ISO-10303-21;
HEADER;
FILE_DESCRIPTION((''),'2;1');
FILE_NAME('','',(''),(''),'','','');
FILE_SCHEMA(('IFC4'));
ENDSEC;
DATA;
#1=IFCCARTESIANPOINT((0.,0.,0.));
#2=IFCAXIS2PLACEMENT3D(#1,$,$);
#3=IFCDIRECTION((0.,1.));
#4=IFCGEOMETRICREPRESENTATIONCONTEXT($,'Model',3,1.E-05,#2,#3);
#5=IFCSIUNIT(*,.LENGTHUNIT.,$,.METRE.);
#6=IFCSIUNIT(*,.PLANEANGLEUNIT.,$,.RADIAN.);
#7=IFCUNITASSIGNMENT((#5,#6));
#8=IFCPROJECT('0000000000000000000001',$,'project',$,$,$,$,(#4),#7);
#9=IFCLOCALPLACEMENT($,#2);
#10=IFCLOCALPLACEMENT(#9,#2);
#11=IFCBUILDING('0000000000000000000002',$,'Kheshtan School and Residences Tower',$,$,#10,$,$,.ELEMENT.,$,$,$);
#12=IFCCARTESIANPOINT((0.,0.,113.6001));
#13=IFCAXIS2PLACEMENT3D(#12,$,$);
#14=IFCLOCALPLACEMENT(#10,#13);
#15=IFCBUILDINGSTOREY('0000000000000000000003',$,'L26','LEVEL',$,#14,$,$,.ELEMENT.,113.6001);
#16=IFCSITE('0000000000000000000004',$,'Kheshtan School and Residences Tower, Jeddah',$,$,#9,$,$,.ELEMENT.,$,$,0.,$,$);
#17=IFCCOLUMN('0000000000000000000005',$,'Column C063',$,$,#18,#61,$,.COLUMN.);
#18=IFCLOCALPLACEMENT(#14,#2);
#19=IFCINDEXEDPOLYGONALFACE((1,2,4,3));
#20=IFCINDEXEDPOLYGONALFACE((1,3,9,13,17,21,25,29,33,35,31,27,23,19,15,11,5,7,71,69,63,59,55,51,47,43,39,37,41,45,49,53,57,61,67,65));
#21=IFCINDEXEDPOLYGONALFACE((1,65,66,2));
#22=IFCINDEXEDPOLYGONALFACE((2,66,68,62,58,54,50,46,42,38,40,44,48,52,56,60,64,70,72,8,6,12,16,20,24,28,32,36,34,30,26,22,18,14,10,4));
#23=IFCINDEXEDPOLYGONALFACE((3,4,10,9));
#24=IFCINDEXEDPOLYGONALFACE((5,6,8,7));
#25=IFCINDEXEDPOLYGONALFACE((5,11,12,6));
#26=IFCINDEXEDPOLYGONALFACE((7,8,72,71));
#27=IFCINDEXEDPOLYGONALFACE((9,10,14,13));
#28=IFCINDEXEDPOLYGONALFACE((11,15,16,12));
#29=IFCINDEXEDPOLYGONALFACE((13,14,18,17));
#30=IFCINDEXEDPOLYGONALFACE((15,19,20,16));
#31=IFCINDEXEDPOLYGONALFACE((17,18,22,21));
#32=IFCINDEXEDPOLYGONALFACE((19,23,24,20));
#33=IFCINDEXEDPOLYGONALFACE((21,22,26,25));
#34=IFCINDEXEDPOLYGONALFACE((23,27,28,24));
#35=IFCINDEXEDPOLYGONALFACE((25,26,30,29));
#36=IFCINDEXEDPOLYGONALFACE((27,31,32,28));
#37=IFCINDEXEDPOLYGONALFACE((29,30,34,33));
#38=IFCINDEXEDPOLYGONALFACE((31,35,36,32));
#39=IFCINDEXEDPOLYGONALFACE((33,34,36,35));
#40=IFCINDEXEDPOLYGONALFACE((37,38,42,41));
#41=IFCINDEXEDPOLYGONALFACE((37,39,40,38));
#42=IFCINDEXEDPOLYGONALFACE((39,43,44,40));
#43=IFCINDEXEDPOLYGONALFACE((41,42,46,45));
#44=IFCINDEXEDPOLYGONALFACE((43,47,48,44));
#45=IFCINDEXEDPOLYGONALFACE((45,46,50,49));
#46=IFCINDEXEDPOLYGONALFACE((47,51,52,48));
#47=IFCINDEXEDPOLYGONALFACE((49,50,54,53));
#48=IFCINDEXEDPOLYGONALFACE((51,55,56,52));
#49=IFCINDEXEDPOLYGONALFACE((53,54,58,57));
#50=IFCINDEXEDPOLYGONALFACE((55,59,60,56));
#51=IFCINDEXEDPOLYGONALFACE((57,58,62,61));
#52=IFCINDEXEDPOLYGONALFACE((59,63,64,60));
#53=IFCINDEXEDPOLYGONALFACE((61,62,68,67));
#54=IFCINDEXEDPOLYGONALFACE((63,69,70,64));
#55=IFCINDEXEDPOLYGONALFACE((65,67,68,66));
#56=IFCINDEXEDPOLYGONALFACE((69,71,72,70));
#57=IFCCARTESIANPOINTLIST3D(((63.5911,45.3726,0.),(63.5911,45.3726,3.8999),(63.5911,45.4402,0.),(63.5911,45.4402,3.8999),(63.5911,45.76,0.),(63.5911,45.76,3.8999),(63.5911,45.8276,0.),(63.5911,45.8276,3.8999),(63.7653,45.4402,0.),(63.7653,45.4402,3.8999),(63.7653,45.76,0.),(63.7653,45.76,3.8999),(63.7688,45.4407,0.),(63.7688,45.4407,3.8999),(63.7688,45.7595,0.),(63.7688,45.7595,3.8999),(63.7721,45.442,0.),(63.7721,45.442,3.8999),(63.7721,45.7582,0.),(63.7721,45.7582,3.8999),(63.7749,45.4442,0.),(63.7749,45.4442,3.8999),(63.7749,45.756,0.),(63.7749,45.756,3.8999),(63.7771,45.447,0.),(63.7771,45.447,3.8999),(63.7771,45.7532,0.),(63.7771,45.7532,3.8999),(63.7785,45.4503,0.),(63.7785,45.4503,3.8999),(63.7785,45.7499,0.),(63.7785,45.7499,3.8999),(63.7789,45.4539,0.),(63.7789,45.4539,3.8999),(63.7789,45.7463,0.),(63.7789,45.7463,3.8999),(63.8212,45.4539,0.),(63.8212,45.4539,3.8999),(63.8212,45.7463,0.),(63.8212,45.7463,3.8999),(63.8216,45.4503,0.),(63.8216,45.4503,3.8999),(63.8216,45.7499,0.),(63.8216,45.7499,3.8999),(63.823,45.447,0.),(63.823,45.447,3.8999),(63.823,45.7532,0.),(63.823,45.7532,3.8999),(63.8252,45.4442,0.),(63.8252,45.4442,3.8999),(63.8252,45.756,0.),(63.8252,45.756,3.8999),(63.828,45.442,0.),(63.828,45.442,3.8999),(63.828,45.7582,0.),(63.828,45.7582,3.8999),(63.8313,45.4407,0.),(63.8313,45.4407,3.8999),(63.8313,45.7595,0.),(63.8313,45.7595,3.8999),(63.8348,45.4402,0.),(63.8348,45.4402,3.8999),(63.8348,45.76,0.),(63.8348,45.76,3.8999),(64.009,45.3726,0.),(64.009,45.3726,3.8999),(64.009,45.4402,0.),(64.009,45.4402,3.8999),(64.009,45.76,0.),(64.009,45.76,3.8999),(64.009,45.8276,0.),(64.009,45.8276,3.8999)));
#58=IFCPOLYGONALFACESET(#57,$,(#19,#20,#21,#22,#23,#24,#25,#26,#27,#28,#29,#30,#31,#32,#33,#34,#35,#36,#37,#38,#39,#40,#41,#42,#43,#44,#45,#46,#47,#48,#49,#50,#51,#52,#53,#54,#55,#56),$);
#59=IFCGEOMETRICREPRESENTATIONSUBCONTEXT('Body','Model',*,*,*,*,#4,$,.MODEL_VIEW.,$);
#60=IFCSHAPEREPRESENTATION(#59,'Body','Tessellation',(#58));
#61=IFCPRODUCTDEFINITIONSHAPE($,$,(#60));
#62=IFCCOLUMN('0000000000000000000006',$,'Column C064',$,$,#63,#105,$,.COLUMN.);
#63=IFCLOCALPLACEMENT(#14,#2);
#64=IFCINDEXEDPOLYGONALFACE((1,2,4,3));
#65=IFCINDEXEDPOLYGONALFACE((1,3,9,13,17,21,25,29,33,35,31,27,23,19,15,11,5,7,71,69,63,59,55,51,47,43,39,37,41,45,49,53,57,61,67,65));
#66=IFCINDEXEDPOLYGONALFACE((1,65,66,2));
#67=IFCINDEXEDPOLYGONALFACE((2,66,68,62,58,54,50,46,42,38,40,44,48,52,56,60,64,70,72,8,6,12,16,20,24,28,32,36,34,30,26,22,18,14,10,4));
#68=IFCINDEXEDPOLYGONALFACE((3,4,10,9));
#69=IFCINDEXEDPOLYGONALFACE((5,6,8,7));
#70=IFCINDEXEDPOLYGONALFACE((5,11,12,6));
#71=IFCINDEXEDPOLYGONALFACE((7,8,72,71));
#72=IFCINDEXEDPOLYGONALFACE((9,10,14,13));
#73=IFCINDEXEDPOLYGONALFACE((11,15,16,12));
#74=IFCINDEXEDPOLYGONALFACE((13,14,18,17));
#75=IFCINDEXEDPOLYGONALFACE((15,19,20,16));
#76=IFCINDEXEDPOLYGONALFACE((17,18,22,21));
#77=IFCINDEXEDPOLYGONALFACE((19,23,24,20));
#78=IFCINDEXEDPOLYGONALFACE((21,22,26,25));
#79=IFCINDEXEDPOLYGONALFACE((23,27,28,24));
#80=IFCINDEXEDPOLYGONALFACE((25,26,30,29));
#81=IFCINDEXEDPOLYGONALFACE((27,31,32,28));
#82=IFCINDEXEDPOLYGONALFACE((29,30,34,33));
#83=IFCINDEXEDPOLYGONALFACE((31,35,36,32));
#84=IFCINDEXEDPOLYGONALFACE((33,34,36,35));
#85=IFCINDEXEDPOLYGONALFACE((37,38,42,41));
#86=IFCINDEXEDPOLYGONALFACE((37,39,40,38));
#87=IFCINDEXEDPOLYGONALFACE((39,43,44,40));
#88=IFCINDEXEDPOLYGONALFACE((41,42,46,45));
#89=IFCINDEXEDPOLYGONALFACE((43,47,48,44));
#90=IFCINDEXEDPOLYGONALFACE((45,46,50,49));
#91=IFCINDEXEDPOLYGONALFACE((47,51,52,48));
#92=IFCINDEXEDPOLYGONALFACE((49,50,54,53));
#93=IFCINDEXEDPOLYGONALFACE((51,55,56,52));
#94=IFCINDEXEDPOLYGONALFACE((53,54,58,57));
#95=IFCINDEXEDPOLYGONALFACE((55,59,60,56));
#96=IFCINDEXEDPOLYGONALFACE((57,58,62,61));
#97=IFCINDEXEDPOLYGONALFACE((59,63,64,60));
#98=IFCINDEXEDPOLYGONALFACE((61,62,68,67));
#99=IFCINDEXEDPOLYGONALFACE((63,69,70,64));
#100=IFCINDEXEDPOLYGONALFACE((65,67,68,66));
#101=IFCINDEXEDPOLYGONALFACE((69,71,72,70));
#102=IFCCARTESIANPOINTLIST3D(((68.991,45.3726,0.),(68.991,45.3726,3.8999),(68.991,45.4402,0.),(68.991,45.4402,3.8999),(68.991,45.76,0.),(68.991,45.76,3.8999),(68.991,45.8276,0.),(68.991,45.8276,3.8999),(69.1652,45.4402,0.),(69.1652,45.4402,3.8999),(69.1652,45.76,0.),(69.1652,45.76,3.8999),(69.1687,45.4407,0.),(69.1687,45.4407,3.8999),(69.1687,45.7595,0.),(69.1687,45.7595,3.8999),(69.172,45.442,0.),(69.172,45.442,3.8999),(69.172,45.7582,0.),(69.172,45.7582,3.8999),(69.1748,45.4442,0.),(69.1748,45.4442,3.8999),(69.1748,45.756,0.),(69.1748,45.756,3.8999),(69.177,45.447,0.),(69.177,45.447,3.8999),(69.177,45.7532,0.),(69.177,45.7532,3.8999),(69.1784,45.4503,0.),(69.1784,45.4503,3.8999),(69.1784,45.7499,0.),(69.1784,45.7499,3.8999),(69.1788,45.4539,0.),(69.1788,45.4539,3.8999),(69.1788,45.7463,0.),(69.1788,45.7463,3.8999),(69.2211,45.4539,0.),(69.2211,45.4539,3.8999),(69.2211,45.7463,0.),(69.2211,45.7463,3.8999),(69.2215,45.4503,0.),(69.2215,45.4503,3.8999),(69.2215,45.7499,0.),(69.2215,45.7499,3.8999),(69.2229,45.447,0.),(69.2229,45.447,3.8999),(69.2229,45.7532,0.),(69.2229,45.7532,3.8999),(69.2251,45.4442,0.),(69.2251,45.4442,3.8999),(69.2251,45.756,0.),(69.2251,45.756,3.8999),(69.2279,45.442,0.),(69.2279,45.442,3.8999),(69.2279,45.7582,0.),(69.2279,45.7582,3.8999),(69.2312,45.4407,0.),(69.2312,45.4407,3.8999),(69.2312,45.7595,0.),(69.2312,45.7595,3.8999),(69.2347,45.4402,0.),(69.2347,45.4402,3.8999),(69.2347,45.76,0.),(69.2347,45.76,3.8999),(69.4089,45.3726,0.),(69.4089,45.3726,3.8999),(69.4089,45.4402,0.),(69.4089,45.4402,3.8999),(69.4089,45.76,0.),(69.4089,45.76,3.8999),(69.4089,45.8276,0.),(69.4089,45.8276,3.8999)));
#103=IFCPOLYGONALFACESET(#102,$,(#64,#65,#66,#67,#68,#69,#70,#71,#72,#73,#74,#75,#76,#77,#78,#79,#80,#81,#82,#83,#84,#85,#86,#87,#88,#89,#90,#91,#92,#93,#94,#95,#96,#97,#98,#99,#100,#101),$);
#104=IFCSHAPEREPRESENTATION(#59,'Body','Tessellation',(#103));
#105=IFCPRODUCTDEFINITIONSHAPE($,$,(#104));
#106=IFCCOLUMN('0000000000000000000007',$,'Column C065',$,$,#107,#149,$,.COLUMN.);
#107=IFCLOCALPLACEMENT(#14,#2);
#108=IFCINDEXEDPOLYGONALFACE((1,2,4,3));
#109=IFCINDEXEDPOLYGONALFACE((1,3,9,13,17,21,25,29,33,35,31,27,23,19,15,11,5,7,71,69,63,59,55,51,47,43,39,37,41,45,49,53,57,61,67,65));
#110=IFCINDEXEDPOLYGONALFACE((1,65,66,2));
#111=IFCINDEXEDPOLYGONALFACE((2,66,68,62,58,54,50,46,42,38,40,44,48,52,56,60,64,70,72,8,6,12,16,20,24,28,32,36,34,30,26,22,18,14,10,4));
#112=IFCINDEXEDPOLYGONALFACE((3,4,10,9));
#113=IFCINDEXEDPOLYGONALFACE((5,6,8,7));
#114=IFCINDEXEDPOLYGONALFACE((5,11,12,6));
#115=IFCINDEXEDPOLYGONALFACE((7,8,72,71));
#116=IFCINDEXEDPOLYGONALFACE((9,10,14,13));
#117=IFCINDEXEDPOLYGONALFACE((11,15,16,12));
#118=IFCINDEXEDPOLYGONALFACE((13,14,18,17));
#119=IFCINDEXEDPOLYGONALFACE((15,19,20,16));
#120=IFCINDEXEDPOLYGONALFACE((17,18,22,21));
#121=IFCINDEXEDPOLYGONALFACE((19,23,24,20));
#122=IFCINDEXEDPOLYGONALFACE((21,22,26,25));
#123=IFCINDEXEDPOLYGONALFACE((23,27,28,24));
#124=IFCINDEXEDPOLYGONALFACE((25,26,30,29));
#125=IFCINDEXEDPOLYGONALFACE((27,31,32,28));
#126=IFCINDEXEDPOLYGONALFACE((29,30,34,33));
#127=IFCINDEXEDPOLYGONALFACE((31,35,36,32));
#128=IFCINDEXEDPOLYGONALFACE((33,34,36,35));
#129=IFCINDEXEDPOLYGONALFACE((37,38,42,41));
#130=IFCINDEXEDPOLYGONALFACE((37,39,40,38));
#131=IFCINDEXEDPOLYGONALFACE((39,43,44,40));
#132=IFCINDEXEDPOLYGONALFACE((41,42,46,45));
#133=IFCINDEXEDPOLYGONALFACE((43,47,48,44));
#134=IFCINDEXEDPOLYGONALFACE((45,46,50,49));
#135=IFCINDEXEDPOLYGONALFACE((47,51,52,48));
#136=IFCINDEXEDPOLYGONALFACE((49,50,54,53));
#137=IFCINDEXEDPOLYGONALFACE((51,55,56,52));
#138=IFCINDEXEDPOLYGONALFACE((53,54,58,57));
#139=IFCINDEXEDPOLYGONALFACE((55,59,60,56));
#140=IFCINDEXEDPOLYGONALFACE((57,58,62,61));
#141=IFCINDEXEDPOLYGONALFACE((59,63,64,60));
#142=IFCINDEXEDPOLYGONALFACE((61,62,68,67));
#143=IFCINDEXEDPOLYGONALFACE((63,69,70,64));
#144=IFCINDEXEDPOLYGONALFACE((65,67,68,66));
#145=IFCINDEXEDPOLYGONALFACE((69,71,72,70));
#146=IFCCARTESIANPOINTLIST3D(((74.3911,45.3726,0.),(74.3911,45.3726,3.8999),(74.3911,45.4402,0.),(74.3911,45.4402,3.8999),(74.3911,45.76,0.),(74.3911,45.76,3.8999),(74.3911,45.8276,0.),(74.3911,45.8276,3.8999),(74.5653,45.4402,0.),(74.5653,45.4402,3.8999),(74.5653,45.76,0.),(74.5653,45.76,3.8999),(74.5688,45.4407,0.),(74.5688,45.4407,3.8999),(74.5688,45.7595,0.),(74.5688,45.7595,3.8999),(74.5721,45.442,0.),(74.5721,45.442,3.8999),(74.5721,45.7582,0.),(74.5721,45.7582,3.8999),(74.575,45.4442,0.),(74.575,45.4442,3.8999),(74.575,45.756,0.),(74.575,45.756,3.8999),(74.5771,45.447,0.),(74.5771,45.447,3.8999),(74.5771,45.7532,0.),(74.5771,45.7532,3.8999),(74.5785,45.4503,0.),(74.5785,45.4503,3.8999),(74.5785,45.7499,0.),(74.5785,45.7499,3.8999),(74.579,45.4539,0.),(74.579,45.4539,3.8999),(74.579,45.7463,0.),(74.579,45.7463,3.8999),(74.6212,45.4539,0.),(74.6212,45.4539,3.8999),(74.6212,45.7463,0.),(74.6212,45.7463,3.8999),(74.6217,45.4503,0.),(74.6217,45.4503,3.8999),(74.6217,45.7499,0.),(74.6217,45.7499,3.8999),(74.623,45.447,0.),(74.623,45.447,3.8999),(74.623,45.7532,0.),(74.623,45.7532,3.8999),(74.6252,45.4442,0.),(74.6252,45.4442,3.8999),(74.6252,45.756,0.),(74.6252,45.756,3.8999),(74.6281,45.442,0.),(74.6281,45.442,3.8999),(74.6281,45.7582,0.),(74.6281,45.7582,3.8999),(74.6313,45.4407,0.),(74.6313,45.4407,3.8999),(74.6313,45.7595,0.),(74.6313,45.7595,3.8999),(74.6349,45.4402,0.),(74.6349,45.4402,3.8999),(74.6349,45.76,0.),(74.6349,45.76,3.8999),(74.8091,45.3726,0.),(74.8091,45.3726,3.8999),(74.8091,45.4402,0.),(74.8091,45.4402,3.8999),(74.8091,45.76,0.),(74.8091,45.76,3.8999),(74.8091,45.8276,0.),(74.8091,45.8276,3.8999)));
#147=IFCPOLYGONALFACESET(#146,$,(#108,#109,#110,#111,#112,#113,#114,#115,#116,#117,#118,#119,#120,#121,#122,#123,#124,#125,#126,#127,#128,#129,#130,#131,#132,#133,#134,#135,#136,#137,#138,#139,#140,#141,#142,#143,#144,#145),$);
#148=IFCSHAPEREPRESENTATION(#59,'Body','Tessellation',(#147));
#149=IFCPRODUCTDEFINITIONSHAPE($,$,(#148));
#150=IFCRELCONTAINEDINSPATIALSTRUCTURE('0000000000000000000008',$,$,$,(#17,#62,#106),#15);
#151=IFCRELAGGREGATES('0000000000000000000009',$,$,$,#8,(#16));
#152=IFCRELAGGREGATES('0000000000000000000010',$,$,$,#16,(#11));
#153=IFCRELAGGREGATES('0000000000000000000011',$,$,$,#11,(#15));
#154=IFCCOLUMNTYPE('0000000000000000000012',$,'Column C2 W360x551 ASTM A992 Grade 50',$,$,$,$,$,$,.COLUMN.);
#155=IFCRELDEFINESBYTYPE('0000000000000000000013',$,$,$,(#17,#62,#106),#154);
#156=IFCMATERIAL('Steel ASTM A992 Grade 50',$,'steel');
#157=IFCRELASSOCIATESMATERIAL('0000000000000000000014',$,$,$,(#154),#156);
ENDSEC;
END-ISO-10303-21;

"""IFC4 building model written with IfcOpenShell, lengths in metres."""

from ifc_helpers import new_model, si_unit, direction, frame, origin, origin_2d, place, context, subcontext, project, spatial, i_section, extrude, material, material_profile, profile_set, type_object, element, save


model = new_model("IFC4")

# Units and contexts
model_context = context("Model", 3, precision=1e-05, world=origin(), true_north=direction((0.0, 1.0)))
body_context = subcontext(model_context, "Body", "Model", "MODEL_VIEW")
ifc_project = project(units=[si_unit("LENGTHUNIT", "METRE"), si_unit("PLANEANGLEUNIT", "RADIAN")], contexts=[model_context])

# Site, building, storey
site_placement = place(None, origin())
site = spatial("IfcSite", under=ifc_project, at=site_placement, Name="Kheshtan School and Residences Tower, Jeddah", CompositionType="ELEMENT", RefElevation=0.0)
building_placement = place(site_placement, origin())
building = spatial("IfcBuilding", under=site, at=building_placement, Name="Kheshtan School and Residences Tower", CompositionType="ELEMENT")
storey_placement = place(building_placement, frame((0.0, 0.0, 113.6001)))
storey = spatial("IfcBuildingStorey", under=building, at=storey_placement, Name="L26", Description="LEVEL", CompositionType="ELEMENT", Elevation=113.6001)

# Columns
ifc_material_1 = material(Name="Steel ASTM A992 Grade 50", Category="steel")
ifc_material_profile_1 = material_profile(ifc_material_1, i_section(OverallWidth=0.418, OverallDepth=0.4551, WebThickness=0.0422, FlangeThickness=0.0676, FilletRadius=0.0137, at=origin_2d()), Name="W360x551")
ifc_profile_set_1 = profile_set([ifc_material_profile_1], Name="Steel ASTM A992 Grade 50")
column_type_1 = type_object("IfcColumnType", Name="Column C2 W360x551 ASTM A992 Grade 50", PredefinedType="COLUMN", material=ifc_profile_set_1)
for number, where, z_axis, x_axis, name in (
    (1, (63.8, 45.6001, 0.0), (0.0, 0.0, 1.0), (1.0, 0.0, 0.0), "Column C063"),
    (2, (69.2, 45.6001, 0.0), (0.0, 0.0, 1.0), (1.0, 0.0, 0.0), "Column C064"),
    (3, (74.6001, 45.6001, 0.0), (0.0, 0.0, 1.0), (1.0, 0.0, 0.0), "Column C065"),
):
    element("IfcColumn", number, at=place(storey_placement, frame(where, z_axis=z_axis, x_axis=x_axis)), inside=storey, type_object=column_type_1, Name=name, PredefinedType="COLUMN", context=body_context, shape_type="SweptSolid", body=[
        extrude(i_section(OverallWidth=0.418, OverallDepth=0.4551, WebThickness=0.0422, FlangeThickness=0.0676, FilletRadius=0.0137, at=origin_2d()), origin(), (0.0, 0.0, 1.0), 3.8999),
    ])

save(model, "model.ifc")
